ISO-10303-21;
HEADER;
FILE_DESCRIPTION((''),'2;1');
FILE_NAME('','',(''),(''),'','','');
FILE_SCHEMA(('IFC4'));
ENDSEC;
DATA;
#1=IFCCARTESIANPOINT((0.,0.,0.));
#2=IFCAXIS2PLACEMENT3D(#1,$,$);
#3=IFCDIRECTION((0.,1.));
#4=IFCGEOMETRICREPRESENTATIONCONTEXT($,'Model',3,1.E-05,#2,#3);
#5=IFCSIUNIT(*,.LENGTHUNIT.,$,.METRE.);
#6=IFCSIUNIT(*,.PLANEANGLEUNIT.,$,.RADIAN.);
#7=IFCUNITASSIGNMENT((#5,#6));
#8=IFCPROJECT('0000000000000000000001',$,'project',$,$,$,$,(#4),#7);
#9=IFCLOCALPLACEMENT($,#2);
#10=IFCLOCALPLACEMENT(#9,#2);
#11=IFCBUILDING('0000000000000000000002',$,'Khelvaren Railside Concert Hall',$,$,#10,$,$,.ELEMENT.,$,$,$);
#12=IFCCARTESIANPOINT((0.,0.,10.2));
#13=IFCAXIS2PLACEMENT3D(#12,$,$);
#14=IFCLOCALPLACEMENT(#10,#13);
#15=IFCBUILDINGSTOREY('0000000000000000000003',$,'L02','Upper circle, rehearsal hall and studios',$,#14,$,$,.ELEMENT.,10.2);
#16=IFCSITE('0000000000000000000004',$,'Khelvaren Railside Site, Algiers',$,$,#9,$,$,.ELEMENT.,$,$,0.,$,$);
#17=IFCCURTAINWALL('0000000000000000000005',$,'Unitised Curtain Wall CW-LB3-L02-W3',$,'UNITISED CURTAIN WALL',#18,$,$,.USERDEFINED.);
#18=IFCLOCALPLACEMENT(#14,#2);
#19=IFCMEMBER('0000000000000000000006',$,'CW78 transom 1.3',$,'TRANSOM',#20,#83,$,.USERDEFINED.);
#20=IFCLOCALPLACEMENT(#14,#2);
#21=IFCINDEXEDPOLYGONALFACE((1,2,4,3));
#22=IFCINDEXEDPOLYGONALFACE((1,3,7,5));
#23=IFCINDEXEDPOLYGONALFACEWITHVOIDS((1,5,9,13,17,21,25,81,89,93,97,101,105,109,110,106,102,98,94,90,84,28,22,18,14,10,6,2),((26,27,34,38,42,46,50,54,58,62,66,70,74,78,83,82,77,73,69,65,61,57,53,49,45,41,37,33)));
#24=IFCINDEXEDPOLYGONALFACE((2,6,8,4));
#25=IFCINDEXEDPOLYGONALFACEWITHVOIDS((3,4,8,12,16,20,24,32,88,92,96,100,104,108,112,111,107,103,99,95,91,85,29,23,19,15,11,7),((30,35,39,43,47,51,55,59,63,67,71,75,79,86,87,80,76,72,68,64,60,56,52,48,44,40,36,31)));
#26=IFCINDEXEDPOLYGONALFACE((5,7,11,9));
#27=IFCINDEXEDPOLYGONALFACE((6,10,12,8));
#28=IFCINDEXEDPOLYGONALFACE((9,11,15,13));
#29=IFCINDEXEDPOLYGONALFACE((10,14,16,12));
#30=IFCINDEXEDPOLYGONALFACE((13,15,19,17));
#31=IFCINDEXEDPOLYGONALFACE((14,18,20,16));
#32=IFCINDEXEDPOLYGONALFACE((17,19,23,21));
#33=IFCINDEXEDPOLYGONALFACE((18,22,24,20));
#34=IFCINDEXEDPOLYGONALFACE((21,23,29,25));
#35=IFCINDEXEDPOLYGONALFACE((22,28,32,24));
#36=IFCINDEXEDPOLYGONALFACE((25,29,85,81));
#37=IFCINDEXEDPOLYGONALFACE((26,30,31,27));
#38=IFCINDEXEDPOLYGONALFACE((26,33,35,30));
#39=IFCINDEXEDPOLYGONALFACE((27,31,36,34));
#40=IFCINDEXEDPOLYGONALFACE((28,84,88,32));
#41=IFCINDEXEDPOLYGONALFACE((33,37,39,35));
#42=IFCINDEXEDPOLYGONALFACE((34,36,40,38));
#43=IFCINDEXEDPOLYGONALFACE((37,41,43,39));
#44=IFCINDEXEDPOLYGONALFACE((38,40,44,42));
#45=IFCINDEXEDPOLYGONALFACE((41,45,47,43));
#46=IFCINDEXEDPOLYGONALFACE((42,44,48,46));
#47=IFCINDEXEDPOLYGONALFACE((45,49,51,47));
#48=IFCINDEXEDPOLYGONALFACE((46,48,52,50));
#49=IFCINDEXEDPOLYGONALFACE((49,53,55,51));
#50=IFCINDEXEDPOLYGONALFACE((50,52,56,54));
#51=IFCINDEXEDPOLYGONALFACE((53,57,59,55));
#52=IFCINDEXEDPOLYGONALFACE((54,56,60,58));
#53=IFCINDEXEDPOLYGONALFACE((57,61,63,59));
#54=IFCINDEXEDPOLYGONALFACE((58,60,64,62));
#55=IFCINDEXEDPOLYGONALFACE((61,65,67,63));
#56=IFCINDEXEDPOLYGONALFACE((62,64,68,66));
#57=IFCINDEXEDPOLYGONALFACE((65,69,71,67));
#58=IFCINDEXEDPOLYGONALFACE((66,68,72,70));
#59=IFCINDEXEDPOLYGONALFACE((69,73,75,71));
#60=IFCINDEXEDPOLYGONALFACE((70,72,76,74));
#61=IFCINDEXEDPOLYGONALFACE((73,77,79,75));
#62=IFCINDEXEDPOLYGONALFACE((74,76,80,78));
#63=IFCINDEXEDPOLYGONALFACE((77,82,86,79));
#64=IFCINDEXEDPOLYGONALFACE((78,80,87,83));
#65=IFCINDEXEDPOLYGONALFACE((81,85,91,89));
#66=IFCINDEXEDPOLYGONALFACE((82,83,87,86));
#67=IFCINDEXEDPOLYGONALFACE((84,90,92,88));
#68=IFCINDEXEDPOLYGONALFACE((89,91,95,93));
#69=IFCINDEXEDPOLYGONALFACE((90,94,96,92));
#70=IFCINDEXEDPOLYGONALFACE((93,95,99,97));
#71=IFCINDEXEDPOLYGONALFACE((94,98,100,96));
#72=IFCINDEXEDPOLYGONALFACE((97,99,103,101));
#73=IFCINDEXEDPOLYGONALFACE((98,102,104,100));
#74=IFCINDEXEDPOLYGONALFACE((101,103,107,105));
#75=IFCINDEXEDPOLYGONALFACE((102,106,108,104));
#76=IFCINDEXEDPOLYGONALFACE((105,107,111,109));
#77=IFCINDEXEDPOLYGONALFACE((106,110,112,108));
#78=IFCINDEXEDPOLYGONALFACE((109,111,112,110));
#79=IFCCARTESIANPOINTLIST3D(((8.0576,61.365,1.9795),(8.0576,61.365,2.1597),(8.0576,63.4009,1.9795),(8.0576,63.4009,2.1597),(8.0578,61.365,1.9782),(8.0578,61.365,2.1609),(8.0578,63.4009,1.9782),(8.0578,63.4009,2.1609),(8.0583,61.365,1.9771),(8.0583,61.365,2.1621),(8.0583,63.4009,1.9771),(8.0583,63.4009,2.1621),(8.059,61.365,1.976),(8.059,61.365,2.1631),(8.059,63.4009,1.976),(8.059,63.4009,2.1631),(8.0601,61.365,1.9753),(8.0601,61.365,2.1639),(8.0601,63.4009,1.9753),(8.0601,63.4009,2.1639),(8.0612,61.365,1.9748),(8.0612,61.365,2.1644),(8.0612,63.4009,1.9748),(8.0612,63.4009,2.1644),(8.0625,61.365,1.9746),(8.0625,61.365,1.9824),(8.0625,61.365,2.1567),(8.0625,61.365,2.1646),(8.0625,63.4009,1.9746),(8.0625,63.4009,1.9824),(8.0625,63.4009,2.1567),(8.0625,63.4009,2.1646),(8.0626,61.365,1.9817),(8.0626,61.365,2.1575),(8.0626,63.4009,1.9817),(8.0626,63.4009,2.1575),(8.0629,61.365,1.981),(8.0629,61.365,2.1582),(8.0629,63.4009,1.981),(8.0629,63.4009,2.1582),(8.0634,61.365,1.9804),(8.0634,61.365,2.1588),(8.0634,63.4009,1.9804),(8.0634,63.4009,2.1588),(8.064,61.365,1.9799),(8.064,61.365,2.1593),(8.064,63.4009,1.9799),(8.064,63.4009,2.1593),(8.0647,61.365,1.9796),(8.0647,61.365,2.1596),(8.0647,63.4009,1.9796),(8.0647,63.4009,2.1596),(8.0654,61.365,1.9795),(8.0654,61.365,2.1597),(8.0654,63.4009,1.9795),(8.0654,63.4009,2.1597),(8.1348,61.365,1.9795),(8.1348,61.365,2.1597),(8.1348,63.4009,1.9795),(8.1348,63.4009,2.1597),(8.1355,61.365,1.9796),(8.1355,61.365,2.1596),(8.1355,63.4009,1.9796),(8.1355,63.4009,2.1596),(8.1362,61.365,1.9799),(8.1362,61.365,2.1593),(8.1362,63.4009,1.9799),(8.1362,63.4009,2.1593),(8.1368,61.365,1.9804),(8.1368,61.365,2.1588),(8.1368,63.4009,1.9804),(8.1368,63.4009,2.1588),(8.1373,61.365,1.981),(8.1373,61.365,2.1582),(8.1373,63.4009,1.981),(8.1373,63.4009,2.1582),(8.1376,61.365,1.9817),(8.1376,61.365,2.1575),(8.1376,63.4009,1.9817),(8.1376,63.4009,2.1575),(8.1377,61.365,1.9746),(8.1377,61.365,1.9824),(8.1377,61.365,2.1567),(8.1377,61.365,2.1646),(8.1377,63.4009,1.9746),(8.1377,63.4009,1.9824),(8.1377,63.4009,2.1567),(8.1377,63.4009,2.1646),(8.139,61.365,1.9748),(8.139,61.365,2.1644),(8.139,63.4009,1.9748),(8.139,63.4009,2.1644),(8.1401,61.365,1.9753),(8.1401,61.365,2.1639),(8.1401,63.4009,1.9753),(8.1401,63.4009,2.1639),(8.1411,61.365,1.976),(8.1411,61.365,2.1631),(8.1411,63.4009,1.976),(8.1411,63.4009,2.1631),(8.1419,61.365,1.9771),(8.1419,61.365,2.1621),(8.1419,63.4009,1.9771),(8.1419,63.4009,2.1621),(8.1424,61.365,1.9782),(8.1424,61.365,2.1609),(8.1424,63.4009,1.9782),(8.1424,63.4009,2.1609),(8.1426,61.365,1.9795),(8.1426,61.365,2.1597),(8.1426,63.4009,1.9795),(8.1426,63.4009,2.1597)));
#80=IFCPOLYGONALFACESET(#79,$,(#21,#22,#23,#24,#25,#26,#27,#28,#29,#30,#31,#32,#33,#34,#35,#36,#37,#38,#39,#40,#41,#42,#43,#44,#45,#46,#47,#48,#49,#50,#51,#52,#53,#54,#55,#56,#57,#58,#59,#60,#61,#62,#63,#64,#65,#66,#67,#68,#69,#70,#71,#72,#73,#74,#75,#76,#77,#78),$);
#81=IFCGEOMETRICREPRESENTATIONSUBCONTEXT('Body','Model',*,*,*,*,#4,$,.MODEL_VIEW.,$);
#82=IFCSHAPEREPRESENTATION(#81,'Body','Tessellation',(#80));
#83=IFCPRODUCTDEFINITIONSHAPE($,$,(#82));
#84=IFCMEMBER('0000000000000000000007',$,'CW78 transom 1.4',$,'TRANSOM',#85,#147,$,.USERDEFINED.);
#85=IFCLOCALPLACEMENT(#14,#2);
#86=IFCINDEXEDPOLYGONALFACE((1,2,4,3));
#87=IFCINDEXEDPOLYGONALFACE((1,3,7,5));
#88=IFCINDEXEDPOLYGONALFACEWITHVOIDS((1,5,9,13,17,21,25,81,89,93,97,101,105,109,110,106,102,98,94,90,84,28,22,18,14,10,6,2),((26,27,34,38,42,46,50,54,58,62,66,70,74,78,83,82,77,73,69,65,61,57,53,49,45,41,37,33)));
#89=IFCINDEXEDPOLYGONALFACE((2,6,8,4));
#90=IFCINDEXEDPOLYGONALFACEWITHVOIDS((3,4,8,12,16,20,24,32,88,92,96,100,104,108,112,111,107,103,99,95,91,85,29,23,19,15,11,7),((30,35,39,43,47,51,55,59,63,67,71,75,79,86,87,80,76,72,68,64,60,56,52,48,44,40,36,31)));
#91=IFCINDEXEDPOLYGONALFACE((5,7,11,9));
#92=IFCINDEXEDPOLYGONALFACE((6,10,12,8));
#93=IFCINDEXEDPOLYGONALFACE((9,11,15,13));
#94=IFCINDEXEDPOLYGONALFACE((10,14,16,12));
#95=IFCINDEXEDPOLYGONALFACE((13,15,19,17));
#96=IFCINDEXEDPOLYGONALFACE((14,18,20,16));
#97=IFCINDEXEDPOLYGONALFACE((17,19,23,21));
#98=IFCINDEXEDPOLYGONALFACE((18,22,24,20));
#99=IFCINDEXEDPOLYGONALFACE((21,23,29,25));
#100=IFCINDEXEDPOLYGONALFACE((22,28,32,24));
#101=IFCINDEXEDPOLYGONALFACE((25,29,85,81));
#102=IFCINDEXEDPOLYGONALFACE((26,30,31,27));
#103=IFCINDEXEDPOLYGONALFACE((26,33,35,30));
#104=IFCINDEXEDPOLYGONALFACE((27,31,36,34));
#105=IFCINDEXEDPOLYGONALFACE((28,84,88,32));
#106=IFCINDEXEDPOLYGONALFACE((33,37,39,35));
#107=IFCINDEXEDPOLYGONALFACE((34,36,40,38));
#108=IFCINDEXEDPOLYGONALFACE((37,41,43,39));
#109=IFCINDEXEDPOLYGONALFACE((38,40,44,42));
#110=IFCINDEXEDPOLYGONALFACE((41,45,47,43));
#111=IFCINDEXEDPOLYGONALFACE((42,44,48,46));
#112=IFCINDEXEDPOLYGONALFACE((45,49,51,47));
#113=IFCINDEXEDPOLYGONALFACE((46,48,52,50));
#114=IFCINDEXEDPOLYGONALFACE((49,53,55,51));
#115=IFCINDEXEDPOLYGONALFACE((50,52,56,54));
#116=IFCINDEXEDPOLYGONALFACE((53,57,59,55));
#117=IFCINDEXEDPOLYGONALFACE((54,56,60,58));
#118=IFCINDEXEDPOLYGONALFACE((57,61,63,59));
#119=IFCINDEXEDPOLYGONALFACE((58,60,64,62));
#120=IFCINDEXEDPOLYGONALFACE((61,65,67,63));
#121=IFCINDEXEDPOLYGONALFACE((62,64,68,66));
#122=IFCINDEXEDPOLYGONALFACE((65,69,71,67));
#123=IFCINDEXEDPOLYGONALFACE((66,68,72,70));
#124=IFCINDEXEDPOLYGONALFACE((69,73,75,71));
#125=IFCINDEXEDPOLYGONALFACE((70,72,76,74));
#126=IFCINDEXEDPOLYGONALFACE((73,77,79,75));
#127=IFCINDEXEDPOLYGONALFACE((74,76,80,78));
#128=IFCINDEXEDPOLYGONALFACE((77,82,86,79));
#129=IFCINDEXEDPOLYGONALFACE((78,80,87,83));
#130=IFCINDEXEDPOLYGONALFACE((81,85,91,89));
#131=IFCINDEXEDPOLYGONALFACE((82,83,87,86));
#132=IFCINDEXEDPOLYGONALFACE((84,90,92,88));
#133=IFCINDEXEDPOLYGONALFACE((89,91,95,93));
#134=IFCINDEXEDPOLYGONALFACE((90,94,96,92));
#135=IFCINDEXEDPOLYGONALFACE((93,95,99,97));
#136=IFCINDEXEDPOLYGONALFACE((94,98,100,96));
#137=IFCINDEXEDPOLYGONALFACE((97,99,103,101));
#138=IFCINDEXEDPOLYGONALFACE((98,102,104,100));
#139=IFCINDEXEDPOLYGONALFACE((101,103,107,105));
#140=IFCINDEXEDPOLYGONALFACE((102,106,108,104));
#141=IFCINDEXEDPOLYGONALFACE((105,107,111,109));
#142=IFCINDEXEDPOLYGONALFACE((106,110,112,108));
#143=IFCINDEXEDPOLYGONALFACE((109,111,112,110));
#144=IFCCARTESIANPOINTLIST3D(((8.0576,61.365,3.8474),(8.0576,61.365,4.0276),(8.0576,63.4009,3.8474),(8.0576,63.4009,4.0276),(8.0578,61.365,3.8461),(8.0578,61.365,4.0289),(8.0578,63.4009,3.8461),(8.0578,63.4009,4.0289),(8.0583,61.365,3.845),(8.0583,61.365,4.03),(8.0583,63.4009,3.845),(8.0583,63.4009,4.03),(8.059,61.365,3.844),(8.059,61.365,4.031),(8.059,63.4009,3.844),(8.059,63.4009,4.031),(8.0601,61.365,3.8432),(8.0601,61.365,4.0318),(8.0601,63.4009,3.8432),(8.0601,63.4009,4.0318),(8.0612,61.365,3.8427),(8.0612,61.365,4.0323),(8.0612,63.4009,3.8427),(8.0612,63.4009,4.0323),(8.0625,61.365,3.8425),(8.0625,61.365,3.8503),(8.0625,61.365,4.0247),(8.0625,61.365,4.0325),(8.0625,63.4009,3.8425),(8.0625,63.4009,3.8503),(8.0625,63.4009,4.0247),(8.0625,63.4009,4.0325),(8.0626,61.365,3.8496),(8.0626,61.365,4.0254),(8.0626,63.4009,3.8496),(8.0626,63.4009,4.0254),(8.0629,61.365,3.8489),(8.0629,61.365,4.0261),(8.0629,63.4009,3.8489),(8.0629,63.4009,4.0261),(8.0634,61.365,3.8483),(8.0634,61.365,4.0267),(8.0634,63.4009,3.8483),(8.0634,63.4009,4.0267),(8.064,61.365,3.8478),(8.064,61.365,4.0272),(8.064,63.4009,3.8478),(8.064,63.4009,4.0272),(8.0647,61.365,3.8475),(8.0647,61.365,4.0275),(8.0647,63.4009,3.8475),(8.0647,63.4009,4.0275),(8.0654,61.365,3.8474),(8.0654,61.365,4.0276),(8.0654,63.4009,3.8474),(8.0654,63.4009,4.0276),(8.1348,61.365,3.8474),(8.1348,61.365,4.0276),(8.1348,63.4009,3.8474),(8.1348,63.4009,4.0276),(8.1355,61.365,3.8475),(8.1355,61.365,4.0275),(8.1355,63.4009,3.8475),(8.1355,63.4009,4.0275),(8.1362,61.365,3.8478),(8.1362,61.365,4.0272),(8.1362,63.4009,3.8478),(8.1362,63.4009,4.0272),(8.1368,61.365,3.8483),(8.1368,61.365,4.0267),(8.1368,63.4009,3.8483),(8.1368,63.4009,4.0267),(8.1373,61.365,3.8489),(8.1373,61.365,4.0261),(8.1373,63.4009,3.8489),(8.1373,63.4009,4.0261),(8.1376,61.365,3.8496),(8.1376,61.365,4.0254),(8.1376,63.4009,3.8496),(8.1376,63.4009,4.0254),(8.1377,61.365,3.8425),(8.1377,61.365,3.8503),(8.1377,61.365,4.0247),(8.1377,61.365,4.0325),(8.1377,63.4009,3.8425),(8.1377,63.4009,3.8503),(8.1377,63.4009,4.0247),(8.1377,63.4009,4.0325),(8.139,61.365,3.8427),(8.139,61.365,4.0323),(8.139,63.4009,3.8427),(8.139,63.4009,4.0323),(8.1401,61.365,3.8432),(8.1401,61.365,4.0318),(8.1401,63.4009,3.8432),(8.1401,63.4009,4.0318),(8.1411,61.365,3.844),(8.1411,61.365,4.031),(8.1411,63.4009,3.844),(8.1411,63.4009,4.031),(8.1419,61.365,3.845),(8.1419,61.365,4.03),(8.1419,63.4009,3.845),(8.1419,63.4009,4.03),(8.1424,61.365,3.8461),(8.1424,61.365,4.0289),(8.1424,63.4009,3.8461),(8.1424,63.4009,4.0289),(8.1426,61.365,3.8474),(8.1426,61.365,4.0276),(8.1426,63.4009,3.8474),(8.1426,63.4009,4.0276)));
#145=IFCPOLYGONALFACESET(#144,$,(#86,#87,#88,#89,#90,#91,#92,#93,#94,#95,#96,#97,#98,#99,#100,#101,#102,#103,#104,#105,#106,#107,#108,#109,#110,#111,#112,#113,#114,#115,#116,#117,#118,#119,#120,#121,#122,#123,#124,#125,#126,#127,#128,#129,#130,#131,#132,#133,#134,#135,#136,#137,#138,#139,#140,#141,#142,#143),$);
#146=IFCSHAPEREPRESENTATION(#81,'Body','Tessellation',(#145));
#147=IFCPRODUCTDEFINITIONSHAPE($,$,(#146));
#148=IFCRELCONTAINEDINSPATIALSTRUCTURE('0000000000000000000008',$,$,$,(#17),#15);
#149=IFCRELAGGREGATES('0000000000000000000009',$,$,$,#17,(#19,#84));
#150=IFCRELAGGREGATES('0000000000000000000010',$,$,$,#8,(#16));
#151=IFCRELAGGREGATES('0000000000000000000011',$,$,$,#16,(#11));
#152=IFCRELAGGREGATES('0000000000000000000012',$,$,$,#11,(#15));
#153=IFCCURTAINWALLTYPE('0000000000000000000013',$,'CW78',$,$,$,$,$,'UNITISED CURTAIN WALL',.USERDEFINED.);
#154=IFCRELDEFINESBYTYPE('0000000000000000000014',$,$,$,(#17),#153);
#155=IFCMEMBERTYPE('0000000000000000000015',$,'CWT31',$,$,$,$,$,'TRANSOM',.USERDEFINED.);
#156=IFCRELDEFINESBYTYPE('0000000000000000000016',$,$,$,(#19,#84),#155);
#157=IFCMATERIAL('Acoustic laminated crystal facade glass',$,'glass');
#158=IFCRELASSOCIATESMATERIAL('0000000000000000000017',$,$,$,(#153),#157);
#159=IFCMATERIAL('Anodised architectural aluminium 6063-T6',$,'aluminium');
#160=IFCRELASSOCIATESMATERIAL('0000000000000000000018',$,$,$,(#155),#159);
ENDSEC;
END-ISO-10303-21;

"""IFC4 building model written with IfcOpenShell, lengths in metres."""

from ifc_helpers import new_model, si_unit, direction, frame, origin, origin_2d, place, context, subcontext, project, spatial, hollow_rectangle, extrude, material, material_profile, profile_set, type_object, element, aggregate, save


model = new_model("IFC4")

# Units and contexts
model_context = context("Model", 3, precision=1e-05, world=origin(), true_north=direction((0.0, 1.0)))
body_context = subcontext(model_context, "Body", "Model", "MODEL_VIEW")
ifc_project = project(units=[si_unit("LENGTHUNIT", "METRE"), si_unit("PLANEANGLEUNIT", "RADIAN")], contexts=[model_context])

# Site, building, storey
site_placement = place(None, origin())
site = spatial("IfcSite", under=ifc_project, at=site_placement, Name="Khelvaren Railside Site, Algiers", CompositionType="ELEMENT", RefElevation=0.0)
building_placement = place(site_placement, origin())
building = spatial("IfcBuilding", under=site, at=building_placement, Name="Khelvaren Railside Concert Hall", CompositionType="ELEMENT")
storey_placement = place(building_placement, frame((0.0, 0.0, 10.2)))
storey = spatial("IfcBuildingStorey", under=building, at=storey_placement, Name="L02", Description="Upper circle, rehearsal hall and studios", CompositionType="ELEMENT", Elevation=10.2)

# Curtain wall
ifc_material_1 = material(Name="Acoustic laminated crystal facade glass", Category="glass")
curtain_wall_type = type_object("IfcCurtainWallType", Name="CW78", ElementType="UNITISED CURTAIN WALL", PredefinedType="USERDEFINED", material=ifc_material_1)
ifc_material_2 = material(Name="Anodised architectural aluminium 6063-T6", Category="aluminium")
curtain_wall_1_placement = place(storey_placement, origin())
curtain_wall_1 = element("IfcCurtainWall", 1, at=curtain_wall_1_placement, inside=storey, type_object=curtain_wall_type, Name="Unitised Curtain Wall CW-LB3-L02-W3", ObjectType="UNITISED CURTAIN WALL", PredefinedType="USERDEFINED")

# Members
ifc_material_profile_1 = material_profile(ifc_material_2, hollow_rectangle(XDim=0.085, YDim=0.1899, WallThickness=0.0049, InnerFilletRadius=0.0029, OuterFilletRadius=0.0049, at=origin_2d()), Name="CWT 85x190x5")
ifc_profile_set_1 = profile_set([ifc_material_profile_1], Name="Anodised architectural aluminium 6063-T6")
member_type_1 = type_object("IfcMemberType", Name="CWT31", ElementType="TRANSOM", PredefinedType="USERDEFINED", material=ifc_profile_set_1)
member_1_placement = place(storey_placement, frame((8.1001, 61.365, 2.0696), z_axis=(0.0, 1.0, 0.0), x_axis=(-1.0, 0.0, 0.0)))
member_1 = element("IfcMember", 2, at=member_1_placement, type_object=member_type_1, Name="CW78 transom 1.3", ObjectType="TRANSOM", PredefinedType="USERDEFINED", context=body_context, shape_type="SweptSolid", body=[
    extrude(hollow_rectangle(XDim=0.085, YDim=0.1899, WallThickness=0.0049, InnerFilletRadius=0.0029, OuterFilletRadius=0.0049, at=origin_2d()), origin(), (0.0, 0.0, 1.0), 2.0359),
])
member_2_placement = place(storey_placement, frame((8.1001, 61.365, 3.9375), z_axis=(0.0, 1.0, 0.0), x_axis=(-1.0, 0.0, 0.0)))
member_2 = element("IfcMember", 3, at=member_2_placement, type_object=member_type_1, Name="CW78 transom 1.4", ObjectType="TRANSOM", PredefinedType="USERDEFINED", context=body_context, shape_type="SweptSolid", body=[
    extrude(hollow_rectangle(XDim=0.085, YDim=0.1899, WallThickness=0.0049, InnerFilletRadius=0.0029, OuterFilletRadius=0.0049, at=origin_2d()), origin(), (0.0, 0.0, 1.0), 2.0359),
])

aggregate(curtain_wall_1, [member_1, member_2])

save(model, "model.ifc")
